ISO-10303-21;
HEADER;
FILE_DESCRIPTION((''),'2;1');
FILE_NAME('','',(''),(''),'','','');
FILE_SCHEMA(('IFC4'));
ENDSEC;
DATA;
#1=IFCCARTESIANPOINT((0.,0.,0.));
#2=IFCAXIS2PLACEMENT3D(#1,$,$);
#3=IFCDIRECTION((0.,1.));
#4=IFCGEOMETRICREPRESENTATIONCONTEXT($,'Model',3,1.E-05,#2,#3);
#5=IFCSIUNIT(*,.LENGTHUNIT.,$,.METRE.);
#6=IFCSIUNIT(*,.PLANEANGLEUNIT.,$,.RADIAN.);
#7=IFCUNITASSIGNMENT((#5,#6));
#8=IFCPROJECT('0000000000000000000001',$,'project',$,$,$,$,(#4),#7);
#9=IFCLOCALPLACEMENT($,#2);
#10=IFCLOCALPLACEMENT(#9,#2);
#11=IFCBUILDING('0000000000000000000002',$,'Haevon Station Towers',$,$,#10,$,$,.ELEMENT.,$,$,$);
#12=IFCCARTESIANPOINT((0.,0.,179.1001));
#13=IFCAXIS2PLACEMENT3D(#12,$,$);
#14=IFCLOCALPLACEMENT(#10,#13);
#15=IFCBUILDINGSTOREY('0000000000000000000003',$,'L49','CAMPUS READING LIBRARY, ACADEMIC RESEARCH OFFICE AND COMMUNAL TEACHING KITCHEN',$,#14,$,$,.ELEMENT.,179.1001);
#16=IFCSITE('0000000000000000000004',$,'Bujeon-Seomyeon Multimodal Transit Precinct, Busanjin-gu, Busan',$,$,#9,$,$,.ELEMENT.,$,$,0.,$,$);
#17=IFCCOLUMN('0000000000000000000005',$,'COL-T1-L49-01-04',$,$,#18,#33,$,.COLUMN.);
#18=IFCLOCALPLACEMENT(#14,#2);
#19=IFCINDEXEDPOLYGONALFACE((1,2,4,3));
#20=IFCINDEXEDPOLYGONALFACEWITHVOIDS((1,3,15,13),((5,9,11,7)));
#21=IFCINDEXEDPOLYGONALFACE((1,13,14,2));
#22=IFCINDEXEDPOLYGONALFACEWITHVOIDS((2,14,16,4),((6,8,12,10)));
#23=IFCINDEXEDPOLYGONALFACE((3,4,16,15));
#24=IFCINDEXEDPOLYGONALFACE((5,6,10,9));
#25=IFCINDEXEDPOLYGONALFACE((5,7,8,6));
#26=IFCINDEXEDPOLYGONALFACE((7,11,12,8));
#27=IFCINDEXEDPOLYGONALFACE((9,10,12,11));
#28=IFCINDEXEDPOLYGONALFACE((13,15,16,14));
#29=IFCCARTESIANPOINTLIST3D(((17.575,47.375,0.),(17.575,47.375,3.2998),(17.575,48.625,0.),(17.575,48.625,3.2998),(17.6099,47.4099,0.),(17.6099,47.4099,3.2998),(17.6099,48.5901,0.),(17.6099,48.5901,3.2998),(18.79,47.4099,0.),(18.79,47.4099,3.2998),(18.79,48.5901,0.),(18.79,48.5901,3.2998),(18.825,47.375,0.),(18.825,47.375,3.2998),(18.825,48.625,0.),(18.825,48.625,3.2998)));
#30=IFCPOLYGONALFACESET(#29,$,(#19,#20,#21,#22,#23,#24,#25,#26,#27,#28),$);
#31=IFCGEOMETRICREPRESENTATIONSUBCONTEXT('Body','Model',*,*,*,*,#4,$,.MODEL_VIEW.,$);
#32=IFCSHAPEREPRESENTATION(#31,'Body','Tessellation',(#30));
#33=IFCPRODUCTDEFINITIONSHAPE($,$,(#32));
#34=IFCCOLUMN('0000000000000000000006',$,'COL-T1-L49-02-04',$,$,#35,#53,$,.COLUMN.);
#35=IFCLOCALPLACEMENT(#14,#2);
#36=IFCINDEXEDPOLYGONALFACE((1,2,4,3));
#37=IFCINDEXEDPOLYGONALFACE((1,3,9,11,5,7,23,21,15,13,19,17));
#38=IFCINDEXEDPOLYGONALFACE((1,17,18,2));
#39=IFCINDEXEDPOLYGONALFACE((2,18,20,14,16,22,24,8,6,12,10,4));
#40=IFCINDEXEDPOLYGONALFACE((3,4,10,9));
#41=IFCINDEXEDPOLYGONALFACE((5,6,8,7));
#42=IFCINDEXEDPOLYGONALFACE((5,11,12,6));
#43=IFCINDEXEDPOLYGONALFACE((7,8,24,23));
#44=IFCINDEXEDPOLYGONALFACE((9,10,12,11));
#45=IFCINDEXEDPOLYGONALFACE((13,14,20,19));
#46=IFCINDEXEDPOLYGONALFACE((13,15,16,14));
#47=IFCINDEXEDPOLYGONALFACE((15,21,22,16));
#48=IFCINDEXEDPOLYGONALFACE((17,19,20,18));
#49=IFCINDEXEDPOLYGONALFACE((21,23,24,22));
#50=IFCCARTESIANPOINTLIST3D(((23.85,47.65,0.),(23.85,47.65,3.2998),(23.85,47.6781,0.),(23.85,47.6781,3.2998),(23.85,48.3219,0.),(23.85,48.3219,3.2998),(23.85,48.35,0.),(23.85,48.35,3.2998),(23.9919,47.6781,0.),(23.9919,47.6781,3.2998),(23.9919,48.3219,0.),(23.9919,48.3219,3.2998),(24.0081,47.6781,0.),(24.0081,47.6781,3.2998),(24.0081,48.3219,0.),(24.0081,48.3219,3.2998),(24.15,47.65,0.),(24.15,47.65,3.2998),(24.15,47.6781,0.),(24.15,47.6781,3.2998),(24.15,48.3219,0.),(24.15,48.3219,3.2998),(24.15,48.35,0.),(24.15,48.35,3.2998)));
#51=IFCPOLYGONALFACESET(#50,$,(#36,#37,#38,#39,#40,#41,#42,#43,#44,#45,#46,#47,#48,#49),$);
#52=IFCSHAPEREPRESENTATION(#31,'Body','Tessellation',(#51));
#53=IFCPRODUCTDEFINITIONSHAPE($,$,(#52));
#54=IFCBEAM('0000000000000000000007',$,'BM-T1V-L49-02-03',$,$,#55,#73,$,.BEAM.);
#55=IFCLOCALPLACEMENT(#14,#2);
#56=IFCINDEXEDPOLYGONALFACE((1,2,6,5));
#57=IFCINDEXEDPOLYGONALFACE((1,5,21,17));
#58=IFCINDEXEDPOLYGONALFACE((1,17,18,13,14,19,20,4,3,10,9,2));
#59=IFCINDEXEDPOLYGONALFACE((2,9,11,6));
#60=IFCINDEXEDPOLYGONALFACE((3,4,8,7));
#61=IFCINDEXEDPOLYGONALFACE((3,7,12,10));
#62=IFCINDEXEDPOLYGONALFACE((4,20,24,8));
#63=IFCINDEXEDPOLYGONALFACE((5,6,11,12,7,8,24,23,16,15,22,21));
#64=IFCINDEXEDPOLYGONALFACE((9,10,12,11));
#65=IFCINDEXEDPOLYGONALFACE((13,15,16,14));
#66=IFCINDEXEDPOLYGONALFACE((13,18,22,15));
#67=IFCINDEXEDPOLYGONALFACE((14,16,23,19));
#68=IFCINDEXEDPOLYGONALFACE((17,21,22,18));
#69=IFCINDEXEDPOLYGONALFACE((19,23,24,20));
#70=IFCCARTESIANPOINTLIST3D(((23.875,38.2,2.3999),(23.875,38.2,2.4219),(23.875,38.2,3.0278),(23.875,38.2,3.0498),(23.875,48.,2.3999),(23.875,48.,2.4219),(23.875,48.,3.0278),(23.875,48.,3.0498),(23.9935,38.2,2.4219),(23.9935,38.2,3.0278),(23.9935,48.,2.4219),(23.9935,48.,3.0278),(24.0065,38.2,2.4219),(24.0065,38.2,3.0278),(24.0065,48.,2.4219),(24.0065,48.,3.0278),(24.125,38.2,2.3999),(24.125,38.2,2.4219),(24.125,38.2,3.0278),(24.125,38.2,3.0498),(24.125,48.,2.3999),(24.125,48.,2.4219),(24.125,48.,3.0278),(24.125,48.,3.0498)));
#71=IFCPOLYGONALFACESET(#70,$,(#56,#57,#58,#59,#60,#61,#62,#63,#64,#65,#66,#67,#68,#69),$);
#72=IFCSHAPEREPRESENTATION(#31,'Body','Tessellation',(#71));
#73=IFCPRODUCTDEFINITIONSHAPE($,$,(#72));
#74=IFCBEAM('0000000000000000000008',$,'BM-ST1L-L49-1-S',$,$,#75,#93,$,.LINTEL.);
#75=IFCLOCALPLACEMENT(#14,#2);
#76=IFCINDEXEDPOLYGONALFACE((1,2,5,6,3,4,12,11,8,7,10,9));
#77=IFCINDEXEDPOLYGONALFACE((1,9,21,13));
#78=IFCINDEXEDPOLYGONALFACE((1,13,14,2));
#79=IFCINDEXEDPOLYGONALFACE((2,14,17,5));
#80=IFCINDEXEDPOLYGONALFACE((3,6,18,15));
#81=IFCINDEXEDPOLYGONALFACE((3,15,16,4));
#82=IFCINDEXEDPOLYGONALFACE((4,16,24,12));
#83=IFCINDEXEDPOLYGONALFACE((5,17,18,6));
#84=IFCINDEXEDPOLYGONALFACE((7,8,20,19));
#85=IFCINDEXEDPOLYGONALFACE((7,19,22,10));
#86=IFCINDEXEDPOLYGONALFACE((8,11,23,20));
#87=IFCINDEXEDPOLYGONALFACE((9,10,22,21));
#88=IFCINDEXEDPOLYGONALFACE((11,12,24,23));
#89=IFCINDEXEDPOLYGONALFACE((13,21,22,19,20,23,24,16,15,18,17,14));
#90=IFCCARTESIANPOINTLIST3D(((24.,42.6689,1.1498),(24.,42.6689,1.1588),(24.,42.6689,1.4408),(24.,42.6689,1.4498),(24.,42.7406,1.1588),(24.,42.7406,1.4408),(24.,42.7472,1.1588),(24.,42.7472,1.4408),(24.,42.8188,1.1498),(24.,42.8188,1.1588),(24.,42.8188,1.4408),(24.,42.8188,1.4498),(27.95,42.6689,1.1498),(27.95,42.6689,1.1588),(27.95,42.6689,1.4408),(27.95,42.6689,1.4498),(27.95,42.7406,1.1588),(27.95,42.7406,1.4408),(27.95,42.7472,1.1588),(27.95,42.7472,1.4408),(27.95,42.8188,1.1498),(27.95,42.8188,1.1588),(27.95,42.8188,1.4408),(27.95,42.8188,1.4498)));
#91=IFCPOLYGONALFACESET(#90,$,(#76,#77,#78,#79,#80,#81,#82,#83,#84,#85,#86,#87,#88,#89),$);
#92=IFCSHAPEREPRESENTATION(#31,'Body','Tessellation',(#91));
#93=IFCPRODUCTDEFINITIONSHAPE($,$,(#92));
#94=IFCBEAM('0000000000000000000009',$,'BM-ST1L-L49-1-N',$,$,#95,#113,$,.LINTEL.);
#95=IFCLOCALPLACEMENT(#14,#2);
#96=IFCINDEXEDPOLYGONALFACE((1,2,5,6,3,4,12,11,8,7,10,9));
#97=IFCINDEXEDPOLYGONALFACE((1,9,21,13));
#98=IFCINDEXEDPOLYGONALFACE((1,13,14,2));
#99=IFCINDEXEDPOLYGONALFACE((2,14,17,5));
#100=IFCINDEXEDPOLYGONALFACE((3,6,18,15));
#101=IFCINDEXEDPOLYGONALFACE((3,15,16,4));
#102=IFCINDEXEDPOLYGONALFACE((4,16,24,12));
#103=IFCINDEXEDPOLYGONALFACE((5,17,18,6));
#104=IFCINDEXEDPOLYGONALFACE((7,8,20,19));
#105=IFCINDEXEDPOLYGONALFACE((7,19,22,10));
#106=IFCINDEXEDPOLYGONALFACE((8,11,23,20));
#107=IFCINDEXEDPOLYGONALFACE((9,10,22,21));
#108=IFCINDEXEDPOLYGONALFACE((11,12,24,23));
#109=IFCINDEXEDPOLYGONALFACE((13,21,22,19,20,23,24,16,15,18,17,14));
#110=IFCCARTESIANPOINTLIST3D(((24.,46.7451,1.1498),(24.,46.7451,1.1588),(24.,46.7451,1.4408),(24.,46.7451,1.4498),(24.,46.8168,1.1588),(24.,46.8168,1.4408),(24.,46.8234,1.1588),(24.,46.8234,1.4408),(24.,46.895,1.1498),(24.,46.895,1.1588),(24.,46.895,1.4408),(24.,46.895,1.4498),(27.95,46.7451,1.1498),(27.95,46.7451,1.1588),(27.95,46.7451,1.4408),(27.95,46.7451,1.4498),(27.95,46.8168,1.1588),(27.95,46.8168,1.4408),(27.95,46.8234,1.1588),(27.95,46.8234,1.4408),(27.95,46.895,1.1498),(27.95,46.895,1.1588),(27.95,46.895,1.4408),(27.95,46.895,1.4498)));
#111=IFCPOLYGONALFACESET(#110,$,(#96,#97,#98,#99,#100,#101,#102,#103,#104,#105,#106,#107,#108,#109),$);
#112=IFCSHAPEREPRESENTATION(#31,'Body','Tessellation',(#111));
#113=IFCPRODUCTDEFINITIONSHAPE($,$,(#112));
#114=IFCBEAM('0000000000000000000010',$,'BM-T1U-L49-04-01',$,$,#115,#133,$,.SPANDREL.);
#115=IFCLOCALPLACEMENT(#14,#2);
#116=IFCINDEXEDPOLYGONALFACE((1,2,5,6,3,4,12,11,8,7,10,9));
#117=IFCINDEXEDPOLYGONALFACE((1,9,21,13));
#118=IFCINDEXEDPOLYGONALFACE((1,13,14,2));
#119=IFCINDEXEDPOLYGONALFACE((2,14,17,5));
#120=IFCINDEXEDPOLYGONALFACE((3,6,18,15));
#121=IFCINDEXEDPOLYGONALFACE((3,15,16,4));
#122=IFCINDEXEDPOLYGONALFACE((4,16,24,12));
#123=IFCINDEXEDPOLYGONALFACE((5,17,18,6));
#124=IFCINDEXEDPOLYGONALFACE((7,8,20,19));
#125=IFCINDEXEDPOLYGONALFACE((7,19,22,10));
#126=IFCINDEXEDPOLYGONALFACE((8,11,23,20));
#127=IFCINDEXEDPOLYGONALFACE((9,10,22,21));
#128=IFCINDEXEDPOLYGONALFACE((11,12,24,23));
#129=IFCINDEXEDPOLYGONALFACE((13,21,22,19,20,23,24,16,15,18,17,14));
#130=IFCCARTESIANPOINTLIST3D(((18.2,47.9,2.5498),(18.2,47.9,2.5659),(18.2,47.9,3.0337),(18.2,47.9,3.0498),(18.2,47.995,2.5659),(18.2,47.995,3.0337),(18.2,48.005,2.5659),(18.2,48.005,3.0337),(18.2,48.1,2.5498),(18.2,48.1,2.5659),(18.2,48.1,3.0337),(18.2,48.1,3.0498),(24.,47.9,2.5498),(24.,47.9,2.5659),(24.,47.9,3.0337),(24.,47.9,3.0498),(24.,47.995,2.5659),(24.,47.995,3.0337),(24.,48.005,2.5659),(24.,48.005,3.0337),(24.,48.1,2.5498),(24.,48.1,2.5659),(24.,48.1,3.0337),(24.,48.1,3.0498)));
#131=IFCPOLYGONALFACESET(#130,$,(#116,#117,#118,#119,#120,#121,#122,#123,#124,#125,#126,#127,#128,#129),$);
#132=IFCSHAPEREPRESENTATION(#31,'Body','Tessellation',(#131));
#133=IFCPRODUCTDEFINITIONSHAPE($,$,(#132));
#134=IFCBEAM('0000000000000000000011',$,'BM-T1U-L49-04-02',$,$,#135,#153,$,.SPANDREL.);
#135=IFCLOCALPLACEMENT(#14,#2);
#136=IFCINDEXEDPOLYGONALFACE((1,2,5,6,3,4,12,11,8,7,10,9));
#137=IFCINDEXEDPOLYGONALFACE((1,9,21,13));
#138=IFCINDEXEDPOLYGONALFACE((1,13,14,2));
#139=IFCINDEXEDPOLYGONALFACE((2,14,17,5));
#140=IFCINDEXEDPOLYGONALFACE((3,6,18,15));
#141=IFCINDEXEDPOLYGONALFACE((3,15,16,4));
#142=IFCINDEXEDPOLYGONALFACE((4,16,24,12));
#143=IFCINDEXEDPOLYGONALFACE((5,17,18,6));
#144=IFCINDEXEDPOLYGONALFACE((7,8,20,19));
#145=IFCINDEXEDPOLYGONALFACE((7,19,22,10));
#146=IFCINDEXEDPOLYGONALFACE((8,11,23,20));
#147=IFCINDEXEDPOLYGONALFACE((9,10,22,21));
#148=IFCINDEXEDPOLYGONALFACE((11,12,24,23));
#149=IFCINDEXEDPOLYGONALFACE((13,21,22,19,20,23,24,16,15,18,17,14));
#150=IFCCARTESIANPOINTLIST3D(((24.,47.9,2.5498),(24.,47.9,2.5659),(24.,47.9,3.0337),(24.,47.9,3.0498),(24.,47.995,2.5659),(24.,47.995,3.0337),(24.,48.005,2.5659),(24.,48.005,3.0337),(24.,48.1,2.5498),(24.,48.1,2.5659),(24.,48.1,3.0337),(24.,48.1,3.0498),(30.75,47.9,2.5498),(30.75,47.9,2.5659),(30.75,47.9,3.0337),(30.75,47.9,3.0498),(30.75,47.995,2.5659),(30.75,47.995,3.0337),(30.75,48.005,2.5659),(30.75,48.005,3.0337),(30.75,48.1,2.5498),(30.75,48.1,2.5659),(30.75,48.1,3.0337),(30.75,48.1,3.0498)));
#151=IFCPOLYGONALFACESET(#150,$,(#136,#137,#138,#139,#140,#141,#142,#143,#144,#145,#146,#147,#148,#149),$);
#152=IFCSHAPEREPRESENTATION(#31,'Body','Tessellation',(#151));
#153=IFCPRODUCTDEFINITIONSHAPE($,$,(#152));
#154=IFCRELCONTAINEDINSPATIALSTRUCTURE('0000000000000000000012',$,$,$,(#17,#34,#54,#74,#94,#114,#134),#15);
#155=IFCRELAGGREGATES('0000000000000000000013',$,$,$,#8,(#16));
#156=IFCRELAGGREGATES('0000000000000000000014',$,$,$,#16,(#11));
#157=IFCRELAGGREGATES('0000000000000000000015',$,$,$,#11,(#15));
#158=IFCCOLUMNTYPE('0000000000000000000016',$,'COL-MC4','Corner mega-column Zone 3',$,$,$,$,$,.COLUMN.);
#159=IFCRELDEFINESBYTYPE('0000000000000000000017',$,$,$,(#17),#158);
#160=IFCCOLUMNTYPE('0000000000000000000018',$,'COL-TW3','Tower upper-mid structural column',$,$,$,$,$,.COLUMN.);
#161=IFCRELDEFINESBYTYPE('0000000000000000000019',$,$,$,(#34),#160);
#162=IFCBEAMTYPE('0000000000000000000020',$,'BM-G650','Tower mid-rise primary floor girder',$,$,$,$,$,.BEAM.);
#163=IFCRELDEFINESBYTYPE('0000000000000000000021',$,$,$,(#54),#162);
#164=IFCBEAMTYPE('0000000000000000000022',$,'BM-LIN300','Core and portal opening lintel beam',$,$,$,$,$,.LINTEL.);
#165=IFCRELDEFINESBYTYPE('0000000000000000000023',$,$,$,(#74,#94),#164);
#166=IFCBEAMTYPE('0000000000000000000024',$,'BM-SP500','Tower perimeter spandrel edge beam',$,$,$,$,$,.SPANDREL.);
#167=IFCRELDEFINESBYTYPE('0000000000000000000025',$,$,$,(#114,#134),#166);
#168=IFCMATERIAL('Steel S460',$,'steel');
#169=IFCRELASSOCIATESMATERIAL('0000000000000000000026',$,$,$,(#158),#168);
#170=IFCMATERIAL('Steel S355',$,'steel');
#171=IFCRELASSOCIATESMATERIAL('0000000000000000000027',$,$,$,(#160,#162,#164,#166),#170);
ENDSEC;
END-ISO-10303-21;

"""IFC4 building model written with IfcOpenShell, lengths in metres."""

from ifc_helpers import new_model, si_unit, direction, frame, origin, origin_2d, place, context, subcontext, project, spatial, hollow_rectangle, i_section, extrude, material, material_profile, profile_set, type_object, element, save


model = new_model("IFC4")

# Units and contexts
model_context = context("Model", 3, precision=1e-05, world=origin(), true_north=direction((0.0, 1.0)))
body_context = subcontext(model_context, "Body", "Model", "MODEL_VIEW")
ifc_project = project(units=[si_unit("LENGTHUNIT", "METRE"), si_unit("PLANEANGLEUNIT", "RADIAN")], contexts=[model_context])

# Site, building, storey
site_placement = place(None, origin())
site = spatial("IfcSite", under=ifc_project, at=site_placement, Name="Bujeon-Seomyeon Multimodal Transit Precinct, Busanjin-gu, Busan", CompositionType="ELEMENT", RefElevation=0.0)
building_placement = place(site_placement, origin())
building = spatial("IfcBuilding", under=site, at=building_placement, Name="Haevon Station Towers", CompositionType="ELEMENT")
storey_placement = place(building_placement, frame((0.0, 0.0, 179.1001)))
storey = spatial("IfcBuildingStorey", under=building, at=storey_placement, Name="L49", Description="CAMPUS READING LIBRARY, ACADEMIC RESEARCH OFFICE AND COMMUNAL TEACHING KITCHEN", CompositionType="ELEMENT", Elevation=179.1001)

# Columns
ifc_material_1 = material(Name="Steel S460", Category="steel")
ifc_material_profile_1 = material_profile(ifc_material_1, hollow_rectangle(XDim=1.25, YDim=1.25, WallThickness=0.0349, at=origin_2d()), Name="BOX-1250x1250x35")
ifc_profile_set_1 = profile_set([ifc_material_profile_1], Name="Steel S460")
column_type_1 = type_object("IfcColumnType", Name="COL-MC4", Description="Corner mega-column Zone 3", PredefinedType="COLUMN", material=ifc_profile_set_1)
column_1_placement = place(storey_placement, frame((18.2, 48.0, 0.0), z_axis=(0.0, 0.0, 1.0), x_axis=(1.0, 0.0, 0.0)))
element("IfcColumn", 1, at=column_1_placement, inside=storey, type_object=column_type_1, Name="COL-T1-L49-01-04", PredefinedType="COLUMN", context=body_context, shape_type="SweptSolid", body=[
    extrude(hollow_rectangle(XDim=1.25, YDim=1.25, WallThickness=0.0349, at=origin_2d()), origin(), (0.0, 0.0, 1.0), 3.2998),
])
ifc_material_2 = material(Name="Steel S355", Category="steel")
ifc_material_profile_2 = material_profile(ifc_material_2, i_section(OverallWidth=0.3, OverallDepth=0.7, WebThickness=0.0161, FlangeThickness=0.0281, at=origin_2d()), Name="H-700x300x16x28")
ifc_profile_set_2 = profile_set([ifc_material_profile_2], Name="Steel S355")
column_type_2 = type_object("IfcColumnType", Name="COL-TW3", Description="Tower upper-mid structural column", PredefinedType="COLUMN", material=ifc_profile_set_2)
column_2_placement = place(storey_placement, frame((24.0, 48.0, 0.0), z_axis=(0.0, 0.0, 1.0), x_axis=(1.0, 0.0, 0.0)))
element("IfcColumn", 2, at=column_2_placement, inside=storey, type_object=column_type_2, Name="COL-T1-L49-02-04", PredefinedType="COLUMN", context=body_context, shape_type="SweptSolid", body=[
    extrude(i_section(OverallWidth=0.3, OverallDepth=0.7, WebThickness=0.0161, FlangeThickness=0.0281, at=origin_2d()), origin(), (0.0, 0.0, 1.0), 3.2998),
])

# Beams
ifc_material_profile_3 = material_profile(ifc_material_2, i_section(OverallWidth=0.25, OverallDepth=0.6499, WebThickness=0.0129, FlangeThickness=0.022, at=origin_2d()), Name="H-650x250x13x22")
ifc_profile_set_3 = profile_set([ifc_material_profile_3], Name="Steel S355")
beam_type_1 = type_object("IfcBeamType", Name="BM-G650", Description="Tower mid-rise primary floor girder", PredefinedType="BEAM", material=ifc_profile_set_3)
beam_1_placement = place(storey_placement, frame((24.0, 38.2, 2.7249), z_axis=(0.0, 1.0, 0.0), x_axis=(-1.0, 0.0, 0.0)))
element("IfcBeam", 3, at=beam_1_placement, inside=storey, type_object=beam_type_1, Name="BM-T1V-L49-02-03", PredefinedType="BEAM", context=body_context, shape_type="SweptSolid", body=[
    extrude(i_section(OverallWidth=0.25, OverallDepth=0.6499, WebThickness=0.0129, FlangeThickness=0.022, at=origin_2d()), origin(), (0.0, 0.0, 1.0), 9.8),
])
ifc_material_profile_4 = material_profile(ifc_material_2, i_section(OverallWidth=0.1499, OverallDepth=0.3, WebThickness=0.0066, FlangeThickness=0.009, at=origin_2d()), Name="H-300x150x6.5x9")
ifc_profile_set_4 = profile_set([ifc_material_profile_4], Name="Steel S355")
beam_type_2 = type_object("IfcBeamType", Name="BM-LIN300", Description="Core and portal opening lintel beam", PredefinedType="LINTEL", material=ifc_profile_set_4)
for number, where, z_axis, x_axis, name in (
    (4, (24.0, 42.7439, 1.2998), (1.0, 0.0, 0.0), (0.0, 1.0, 0.0), "BM-ST1L-L49-1-S"),
    (5, (24.0, 46.8201, 1.2998), (1.0, 0.0, 0.0), (0.0, 1.0, 0.0), "BM-ST1L-L49-1-N"),
):
    element("IfcBeam", number, at=place(storey_placement, frame(where, z_axis=z_axis, x_axis=x_axis)), inside=storey, type_object=beam_type_2, Name=name, PredefinedType="LINTEL", context=body_context, shape_type="SweptSolid", body=[
        extrude(i_section(OverallWidth=0.1499, OverallDepth=0.3, WebThickness=0.0066, FlangeThickness=0.009, at=origin_2d()), origin(), (0.0, 0.0, 1.0), 3.95),
    ])
ifc_material_profile_5 = material_profile(ifc_material_2, i_section(OverallWidth=0.2, OverallDepth=0.5, WebThickness=0.01, FlangeThickness=0.0161, at=origin_2d()), Name="H-500x200x10x16")
ifc_profile_set_5 = profile_set([ifc_material_profile_5], Name="Steel S355")
beam_type_3 = type_object("IfcBeamType", Name="BM-SP500", Description="Tower perimeter spandrel edge beam", PredefinedType="SPANDREL", material=ifc_profile_set_5)
beam_2_placement = place(storey_placement, frame((18.2, 48.0, 2.7998), z_axis=(1.0, 0.0, 0.0), x_axis=(0.0, 1.0, 0.0)))
element("IfcBeam", 6, at=beam_2_placement, inside=storey, type_object=beam_type_3, Name="BM-T1U-L49-04-01", PredefinedType="SPANDREL", context=body_context, shape_type="SweptSolid", body=[
    extrude(i_section(OverallWidth=0.2, OverallDepth=0.5, WebThickness=0.01, FlangeThickness=0.0161, at=origin_2d()), origin(), (0.0, 0.0, 1.0), 5.8),
])
beam_3_placement = place(storey_placement, frame((24.0, 48.0, 2.7998), z_axis=(1.0, 0.0, 0.0), x_axis=(0.0, 1.0, 0.0)))
element("IfcBeam", 7, at=beam_3_placement, inside=storey, type_object=beam_type_3, Name="BM-T1U-L49-04-02", PredefinedType="SPANDREL", context=body_context, shape_type="SweptSolid", body=[
    extrude(i_section(OverallWidth=0.2, OverallDepth=0.5, WebThickness=0.01, FlangeThickness=0.0161, at=origin_2d()), origin(), (0.0, 0.0, 1.0), 6.75),
])

save(model, "model.ifc")
